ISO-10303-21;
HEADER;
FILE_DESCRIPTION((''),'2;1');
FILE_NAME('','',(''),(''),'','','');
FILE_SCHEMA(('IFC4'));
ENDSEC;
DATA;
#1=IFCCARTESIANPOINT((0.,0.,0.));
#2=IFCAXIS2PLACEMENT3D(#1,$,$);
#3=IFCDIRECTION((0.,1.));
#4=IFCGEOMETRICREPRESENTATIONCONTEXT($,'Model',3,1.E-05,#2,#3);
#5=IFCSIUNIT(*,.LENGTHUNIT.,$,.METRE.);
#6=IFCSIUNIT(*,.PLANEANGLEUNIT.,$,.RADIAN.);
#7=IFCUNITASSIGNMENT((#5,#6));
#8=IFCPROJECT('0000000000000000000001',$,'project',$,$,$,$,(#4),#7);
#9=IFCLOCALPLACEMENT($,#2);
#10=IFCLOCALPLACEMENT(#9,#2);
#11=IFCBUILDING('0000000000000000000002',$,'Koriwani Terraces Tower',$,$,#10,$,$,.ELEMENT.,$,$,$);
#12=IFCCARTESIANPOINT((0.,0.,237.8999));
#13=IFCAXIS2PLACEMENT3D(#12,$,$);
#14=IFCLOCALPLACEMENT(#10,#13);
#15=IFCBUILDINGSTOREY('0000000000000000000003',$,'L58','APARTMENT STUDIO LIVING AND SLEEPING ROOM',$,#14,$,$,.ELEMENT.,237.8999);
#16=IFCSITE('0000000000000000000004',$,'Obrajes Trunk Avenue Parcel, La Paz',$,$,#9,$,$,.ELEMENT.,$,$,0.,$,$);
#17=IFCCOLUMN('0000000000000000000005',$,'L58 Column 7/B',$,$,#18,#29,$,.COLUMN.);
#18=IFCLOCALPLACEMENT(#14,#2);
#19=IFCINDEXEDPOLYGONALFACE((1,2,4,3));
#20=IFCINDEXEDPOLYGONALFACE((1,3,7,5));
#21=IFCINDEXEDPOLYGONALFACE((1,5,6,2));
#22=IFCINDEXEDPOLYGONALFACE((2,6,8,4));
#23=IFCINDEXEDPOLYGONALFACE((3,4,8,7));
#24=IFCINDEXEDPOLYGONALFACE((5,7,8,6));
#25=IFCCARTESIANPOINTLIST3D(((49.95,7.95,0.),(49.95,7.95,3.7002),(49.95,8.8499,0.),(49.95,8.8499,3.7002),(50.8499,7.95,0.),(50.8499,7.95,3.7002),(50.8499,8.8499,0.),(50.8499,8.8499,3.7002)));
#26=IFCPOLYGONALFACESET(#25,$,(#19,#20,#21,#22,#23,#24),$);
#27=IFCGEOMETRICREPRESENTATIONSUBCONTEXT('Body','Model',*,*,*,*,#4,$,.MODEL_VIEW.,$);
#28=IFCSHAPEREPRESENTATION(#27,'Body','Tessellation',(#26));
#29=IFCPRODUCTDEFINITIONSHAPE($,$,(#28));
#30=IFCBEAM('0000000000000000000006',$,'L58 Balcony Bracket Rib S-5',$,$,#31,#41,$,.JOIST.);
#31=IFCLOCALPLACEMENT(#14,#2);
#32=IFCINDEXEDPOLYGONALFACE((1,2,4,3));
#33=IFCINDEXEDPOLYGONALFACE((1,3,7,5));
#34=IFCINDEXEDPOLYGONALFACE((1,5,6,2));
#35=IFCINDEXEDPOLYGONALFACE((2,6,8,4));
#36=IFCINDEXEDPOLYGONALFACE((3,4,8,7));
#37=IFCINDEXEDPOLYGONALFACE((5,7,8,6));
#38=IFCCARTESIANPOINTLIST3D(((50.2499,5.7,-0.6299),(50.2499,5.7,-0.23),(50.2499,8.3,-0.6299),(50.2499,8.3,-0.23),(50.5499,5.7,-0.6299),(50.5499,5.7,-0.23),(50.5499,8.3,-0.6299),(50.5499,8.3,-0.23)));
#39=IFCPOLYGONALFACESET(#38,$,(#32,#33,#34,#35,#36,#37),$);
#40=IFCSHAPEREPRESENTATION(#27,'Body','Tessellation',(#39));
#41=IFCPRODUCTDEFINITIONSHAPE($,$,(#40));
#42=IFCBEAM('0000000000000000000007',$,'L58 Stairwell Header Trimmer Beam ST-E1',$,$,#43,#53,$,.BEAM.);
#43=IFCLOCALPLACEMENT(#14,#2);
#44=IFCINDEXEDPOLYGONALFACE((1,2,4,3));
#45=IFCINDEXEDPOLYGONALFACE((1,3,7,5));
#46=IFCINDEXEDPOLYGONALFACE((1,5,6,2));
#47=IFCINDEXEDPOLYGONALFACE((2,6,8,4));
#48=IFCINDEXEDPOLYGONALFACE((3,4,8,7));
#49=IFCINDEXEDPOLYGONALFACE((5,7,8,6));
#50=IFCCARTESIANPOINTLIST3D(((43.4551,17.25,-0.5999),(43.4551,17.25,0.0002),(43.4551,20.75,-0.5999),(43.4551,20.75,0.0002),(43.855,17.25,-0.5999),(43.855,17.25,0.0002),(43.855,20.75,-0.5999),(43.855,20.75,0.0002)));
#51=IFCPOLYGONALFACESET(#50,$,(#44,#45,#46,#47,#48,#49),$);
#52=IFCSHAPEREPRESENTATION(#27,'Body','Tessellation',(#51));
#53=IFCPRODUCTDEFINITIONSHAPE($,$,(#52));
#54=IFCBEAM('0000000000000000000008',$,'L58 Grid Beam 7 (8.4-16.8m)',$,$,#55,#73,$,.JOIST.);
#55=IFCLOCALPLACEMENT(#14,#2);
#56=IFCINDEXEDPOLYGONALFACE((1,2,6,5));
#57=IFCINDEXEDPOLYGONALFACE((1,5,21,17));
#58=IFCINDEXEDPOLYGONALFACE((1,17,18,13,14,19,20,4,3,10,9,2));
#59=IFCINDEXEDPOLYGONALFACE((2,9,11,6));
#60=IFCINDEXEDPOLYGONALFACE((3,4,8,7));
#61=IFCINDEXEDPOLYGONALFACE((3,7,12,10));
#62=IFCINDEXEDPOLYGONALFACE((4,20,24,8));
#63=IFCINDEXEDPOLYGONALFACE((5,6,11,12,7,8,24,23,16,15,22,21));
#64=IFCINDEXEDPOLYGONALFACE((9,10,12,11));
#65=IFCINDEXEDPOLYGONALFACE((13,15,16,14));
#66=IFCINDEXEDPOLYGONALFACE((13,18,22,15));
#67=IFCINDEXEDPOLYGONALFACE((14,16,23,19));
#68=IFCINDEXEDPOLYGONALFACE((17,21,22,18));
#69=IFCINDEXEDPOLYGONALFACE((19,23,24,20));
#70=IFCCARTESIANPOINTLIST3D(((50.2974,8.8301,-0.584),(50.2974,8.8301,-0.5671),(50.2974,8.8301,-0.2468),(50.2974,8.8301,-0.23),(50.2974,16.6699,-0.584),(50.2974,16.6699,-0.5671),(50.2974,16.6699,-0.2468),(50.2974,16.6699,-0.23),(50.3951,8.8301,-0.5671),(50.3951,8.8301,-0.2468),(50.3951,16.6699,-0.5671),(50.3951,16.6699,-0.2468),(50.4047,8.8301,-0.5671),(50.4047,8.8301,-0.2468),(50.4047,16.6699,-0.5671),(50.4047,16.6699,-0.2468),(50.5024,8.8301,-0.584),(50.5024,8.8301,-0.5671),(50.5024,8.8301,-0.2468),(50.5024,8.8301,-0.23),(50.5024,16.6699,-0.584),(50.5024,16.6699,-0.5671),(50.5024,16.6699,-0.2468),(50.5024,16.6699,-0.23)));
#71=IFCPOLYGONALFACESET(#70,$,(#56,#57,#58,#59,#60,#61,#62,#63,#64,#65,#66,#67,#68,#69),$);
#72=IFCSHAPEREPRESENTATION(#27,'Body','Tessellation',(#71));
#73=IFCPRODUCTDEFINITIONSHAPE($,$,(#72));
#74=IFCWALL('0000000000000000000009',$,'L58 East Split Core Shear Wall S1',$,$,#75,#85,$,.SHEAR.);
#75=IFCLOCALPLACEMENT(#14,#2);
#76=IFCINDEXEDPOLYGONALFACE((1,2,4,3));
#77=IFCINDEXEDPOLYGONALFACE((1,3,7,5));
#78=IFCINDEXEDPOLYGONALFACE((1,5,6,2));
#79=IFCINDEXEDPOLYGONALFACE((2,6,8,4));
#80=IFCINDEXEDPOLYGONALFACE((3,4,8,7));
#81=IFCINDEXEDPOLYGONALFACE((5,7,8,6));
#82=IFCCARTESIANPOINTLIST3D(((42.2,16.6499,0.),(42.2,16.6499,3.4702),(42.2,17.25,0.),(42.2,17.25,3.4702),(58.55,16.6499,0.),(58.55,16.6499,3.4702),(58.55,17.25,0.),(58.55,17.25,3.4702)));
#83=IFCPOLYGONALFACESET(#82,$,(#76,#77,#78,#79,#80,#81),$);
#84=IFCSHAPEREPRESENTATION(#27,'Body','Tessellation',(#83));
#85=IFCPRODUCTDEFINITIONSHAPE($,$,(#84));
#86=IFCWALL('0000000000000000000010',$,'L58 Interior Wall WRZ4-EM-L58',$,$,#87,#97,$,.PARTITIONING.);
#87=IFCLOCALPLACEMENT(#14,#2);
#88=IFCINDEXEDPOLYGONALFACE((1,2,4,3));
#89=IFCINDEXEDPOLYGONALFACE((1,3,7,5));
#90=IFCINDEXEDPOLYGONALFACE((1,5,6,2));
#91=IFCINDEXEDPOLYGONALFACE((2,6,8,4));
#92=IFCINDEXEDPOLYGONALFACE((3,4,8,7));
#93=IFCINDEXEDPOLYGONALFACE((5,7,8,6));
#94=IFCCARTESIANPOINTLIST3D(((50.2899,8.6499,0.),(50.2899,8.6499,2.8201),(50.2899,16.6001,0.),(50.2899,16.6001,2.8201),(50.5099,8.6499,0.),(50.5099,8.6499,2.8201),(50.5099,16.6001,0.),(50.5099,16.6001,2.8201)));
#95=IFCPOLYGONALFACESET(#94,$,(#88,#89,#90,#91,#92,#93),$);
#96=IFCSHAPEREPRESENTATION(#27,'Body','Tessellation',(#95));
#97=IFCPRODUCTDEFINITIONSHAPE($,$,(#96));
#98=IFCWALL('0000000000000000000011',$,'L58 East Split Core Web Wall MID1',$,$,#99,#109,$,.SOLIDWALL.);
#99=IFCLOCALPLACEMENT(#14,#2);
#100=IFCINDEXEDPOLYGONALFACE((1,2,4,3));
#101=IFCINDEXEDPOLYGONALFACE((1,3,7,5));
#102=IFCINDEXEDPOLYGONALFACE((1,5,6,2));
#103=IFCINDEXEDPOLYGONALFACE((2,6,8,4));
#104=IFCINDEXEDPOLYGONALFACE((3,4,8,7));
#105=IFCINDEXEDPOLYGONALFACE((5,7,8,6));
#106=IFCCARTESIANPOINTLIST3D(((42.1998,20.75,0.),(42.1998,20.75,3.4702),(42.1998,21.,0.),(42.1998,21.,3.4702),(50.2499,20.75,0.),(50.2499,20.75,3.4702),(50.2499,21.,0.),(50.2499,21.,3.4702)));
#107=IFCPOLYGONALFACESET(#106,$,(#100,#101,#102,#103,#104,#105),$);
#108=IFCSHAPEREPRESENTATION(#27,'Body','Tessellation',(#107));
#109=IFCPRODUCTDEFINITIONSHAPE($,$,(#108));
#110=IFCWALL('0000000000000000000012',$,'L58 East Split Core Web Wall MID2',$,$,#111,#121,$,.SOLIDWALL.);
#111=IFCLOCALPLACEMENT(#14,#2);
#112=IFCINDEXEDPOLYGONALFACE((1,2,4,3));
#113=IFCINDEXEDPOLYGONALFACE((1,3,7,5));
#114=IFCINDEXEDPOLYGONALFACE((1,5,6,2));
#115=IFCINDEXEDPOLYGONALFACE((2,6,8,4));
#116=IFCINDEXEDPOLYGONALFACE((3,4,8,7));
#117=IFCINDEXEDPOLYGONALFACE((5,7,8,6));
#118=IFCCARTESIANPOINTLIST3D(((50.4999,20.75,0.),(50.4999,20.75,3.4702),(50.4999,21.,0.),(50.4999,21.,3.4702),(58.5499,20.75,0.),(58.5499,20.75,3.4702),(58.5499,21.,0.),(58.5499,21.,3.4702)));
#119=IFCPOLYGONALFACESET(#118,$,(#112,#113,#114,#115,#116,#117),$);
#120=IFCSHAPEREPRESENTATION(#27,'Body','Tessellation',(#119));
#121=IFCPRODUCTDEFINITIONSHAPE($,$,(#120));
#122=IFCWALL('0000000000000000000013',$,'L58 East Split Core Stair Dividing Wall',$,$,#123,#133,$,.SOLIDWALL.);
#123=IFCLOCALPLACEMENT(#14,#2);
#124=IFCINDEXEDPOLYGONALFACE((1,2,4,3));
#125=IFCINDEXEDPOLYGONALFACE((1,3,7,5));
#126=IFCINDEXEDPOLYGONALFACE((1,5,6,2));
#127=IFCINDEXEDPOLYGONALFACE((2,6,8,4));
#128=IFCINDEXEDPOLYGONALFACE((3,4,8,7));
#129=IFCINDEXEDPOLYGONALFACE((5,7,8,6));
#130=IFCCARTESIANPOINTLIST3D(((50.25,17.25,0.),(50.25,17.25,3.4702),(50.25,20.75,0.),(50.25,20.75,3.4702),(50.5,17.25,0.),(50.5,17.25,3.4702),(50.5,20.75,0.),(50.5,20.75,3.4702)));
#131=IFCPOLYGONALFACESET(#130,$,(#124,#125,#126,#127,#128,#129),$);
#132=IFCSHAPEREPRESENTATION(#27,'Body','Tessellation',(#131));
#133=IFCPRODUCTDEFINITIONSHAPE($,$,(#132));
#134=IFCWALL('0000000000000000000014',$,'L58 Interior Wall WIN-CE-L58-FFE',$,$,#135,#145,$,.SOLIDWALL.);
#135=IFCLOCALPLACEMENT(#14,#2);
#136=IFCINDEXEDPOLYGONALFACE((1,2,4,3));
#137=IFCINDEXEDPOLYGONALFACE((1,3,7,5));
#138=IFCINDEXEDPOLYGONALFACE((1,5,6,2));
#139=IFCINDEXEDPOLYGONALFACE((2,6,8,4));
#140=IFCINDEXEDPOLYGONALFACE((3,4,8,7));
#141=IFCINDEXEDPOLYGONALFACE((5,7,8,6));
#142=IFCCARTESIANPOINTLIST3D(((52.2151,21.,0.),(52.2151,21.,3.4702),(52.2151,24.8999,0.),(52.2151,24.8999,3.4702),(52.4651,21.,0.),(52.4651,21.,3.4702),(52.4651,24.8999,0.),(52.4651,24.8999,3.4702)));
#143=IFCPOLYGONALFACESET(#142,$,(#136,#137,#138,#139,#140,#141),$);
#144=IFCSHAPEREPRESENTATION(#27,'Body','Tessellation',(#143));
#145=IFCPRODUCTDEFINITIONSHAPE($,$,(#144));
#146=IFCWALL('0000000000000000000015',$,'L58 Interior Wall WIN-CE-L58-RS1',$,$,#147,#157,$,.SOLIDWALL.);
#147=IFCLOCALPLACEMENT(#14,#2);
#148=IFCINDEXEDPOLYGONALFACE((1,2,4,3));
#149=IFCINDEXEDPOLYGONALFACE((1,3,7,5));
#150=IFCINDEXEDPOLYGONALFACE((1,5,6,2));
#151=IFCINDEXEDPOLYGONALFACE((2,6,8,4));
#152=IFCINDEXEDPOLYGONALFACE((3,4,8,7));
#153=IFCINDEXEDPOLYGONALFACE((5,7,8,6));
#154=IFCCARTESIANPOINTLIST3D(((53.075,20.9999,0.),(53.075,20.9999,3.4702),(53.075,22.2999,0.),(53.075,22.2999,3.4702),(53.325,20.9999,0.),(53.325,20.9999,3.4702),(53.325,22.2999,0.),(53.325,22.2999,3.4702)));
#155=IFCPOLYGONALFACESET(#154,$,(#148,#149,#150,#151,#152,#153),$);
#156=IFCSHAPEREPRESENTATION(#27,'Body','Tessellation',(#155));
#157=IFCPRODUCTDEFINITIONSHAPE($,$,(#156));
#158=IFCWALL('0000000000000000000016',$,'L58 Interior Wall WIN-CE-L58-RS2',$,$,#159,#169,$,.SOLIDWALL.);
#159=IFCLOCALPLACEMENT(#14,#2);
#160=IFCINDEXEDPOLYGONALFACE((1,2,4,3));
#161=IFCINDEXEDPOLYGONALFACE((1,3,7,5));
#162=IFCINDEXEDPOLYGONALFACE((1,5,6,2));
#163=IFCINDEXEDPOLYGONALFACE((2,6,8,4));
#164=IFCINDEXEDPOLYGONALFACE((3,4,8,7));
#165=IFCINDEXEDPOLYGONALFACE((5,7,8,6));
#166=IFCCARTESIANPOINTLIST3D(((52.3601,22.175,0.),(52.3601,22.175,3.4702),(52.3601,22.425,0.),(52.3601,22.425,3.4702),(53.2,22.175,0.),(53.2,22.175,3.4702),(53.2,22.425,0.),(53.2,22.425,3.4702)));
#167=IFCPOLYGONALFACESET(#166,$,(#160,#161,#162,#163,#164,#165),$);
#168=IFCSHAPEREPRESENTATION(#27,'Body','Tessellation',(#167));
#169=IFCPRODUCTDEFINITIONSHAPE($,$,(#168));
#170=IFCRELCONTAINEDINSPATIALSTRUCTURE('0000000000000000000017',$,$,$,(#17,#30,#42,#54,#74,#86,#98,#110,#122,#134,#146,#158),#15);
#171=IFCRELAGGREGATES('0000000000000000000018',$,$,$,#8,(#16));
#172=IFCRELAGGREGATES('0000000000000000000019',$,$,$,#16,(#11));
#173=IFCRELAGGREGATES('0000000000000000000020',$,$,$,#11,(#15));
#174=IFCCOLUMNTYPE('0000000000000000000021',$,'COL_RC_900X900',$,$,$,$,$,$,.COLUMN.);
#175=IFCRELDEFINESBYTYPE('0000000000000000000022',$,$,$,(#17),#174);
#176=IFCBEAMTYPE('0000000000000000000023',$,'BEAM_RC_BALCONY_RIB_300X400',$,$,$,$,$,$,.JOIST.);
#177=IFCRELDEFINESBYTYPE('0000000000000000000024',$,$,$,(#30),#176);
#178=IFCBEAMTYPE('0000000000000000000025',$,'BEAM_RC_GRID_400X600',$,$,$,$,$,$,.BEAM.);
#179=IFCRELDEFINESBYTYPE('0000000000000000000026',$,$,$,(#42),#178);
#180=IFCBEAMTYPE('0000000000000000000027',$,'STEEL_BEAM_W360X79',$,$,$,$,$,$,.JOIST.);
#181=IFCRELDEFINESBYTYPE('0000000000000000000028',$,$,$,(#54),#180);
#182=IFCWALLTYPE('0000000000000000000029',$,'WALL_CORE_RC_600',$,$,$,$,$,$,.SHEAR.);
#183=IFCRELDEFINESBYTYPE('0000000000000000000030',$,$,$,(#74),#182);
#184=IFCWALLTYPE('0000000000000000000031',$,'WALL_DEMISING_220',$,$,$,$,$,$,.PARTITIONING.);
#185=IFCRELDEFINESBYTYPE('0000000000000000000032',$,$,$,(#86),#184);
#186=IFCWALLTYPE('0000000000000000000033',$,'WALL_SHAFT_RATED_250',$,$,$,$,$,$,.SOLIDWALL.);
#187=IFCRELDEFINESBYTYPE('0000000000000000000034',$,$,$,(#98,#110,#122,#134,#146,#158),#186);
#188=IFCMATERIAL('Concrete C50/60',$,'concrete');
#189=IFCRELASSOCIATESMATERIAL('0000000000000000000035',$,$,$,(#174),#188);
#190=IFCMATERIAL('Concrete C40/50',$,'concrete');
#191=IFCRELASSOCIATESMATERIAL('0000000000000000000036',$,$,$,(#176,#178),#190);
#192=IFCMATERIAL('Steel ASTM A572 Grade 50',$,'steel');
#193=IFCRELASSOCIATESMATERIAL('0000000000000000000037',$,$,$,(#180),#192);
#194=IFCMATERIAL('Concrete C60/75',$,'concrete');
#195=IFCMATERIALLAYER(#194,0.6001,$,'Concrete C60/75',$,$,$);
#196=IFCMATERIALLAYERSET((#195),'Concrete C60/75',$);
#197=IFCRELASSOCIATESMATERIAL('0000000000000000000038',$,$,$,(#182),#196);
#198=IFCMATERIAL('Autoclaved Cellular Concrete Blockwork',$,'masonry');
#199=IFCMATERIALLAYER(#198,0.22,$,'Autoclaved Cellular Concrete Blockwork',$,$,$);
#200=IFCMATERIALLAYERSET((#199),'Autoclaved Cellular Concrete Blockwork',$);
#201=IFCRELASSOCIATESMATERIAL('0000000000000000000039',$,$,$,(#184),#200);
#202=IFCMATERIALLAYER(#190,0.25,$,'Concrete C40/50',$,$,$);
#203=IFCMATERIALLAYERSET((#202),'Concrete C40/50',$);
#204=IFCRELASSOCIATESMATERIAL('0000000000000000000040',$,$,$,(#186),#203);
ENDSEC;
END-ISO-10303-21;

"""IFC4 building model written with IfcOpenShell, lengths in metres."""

from ifc_helpers import new_model, si_unit, direction, frame, frame_2d, origin, origin_2d, place, context, subcontext, project, spatial, rectangle, i_section, extrude, material, layer, layer_set, material_profile, profile_set, type_object, element, save


model = new_model("IFC4")

# Units and contexts
model_context = context("Model", 3, precision=1e-05, world=origin(), true_north=direction((0.0, 1.0)))
body_context = subcontext(model_context, "Body", "Model", "MODEL_VIEW")
ifc_project = project(units=[si_unit("LENGTHUNIT", "METRE"), si_unit("PLANEANGLEUNIT", "RADIAN")], contexts=[model_context])

# Site, building, storey
site_placement = place(None, origin())
site = spatial("IfcSite", under=ifc_project, at=site_placement, Name="Obrajes Trunk Avenue Parcel, La Paz", CompositionType="ELEMENT", RefElevation=0.0)
building_placement = place(site_placement, origin())
building = spatial("IfcBuilding", under=site, at=building_placement, Name="Koriwani Terraces Tower", CompositionType="ELEMENT")
storey_placement = place(building_placement, frame((0.0, 0.0, 237.8999)))
storey = spatial("IfcBuildingStorey", under=building, at=storey_placement, Name="L58", Description="APARTMENT STUDIO LIVING AND SLEEPING ROOM", CompositionType="ELEMENT", Elevation=237.8999)

# Column
ifc_material_1 = material(Name="Concrete C50/60", Category="concrete")
ifc_material_profile_1 = material_profile(ifc_material_1, rectangle(XDim=0.8999, YDim=0.8999, at=origin_2d()), Name="Concrete C50/60", Category="LoadBearing")
ifc_profile_set_1 = profile_set([ifc_material_profile_1], Name="Concrete C50/60")
column_type = type_object("IfcColumnType", Name="COL_RC_900X900", PredefinedType="COLUMN", material=ifc_profile_set_1)
column_placement = place(storey_placement, frame((50.3999, 8.3999, 0.0), z_axis=(0.0, 0.0, 1.0), x_axis=(1.0, 0.0, 0.0)))
element("IfcColumn", 1, at=column_placement, inside=storey, type_object=column_type, Name="L58 Column 7/B", PredefinedType="COLUMN", context=body_context, shape_type="SweptSolid", body=[
    extrude(rectangle(XDim=0.8999, YDim=0.8999, at=origin_2d()), origin(), (0.0, 0.0, 1.0), 3.7002),
])

# Beams
ifc_material_2 = material(Name="Concrete C40/50", Category="concrete")
ifc_material_profile_2 = material_profile(ifc_material_2, rectangle(XDim=0.3, YDim=0.3999, at=origin_2d()), Name="Concrete C40/50", Category="LoadBearing")
ifc_profile_set_2 = profile_set([ifc_material_profile_2], Name="Concrete C40/50")
beam_type_1 = type_object("IfcBeamType", Name="BEAM_RC_BALCONY_RIB_300X400", PredefinedType="JOIST", material=ifc_profile_set_2)
beam_1_placement = place(storey_placement, frame((50.3999, 5.7, -0.4299), z_axis=(0.0, 1.0, 0.0), x_axis=(-1.0, 0.0, 0.0)))
element("IfcBeam", 2, at=beam_1_placement, inside=storey, type_object=beam_type_1, Name="L58 Balcony Bracket Rib S-5", PredefinedType="JOIST", context=body_context, shape_type="SweptSolid", body=[
    extrude(rectangle(XDim=0.3, YDim=0.3999, at=origin_2d()), origin(), (0.0, 0.0, 1.0), 2.6001),
])
ifc_material_profile_3 = material_profile(ifc_material_2, rectangle(XDim=0.3999, YDim=0.6001, at=origin_2d()), Name="Concrete C40/50", Category="LoadBearing")
ifc_profile_set_3 = profile_set([ifc_material_profile_3], Name="Concrete C40/50")
beam_type_2 = type_object("IfcBeamType", Name="BEAM_RC_GRID_400X600", PredefinedType="BEAM", material=ifc_profile_set_3)
beam_2_placement = place(storey_placement, frame((43.655, 17.25, -0.2998), z_axis=(0.0, 1.0, 0.0), x_axis=(-1.0, 0.0, 0.0)))
element("IfcBeam", 3, at=beam_2_placement, inside=storey, type_object=beam_type_2, Name="L58 Stairwell Header Trimmer Beam ST-E1", PredefinedType="BEAM", context=body_context, shape_type="SweptSolid", body=[
    extrude(rectangle(XDim=0.3999, YDim=0.6001, at=origin_2d()), origin(), (0.0, 0.0, 1.0), 3.5),
])
ifc_material_3 = material(Name="Steel ASTM A572 Grade 50", Category="steel")
ifc_material_profile_4 = material_profile(ifc_material_3, i_section(OverallWidth=0.2051, OverallDepth=0.354, WebThickness=0.0095, FlangeThickness=0.0168, at=origin_2d()), Name="Steel ASTM A572 Grade 50", Category="LoadBearing")
ifc_profile_set_4 = profile_set([ifc_material_profile_4], Name="Steel ASTM A572 Grade 50")
beam_type_3 = type_object("IfcBeamType", Name="STEEL_BEAM_W360X79", PredefinedType="JOIST", material=ifc_profile_set_4)
beam_3_placement = place(storey_placement, frame((50.3999, 8.8301, -0.407), z_axis=(0.0, 1.0, 0.0), x_axis=(-1.0, 0.0, 0.0)))
element("IfcBeam", 4, at=beam_3_placement, inside=storey, type_object=beam_type_3, Name="L58 Grid Beam 7 (8.4-16.8m)", PredefinedType="JOIST", context=body_context, shape_type="SweptSolid", body=[
    extrude(i_section(OverallWidth=0.2051, OverallDepth=0.354, WebThickness=0.0095, FlangeThickness=0.0168, at=origin_2d()), origin(), (0.0, 0.0, 1.0), 7.8398),
])

# Walls
ifc_material_4 = material(Name="Concrete C60/75", Category="concrete")
ifc_layer_1 = layer(ifc_material_4, 0.6001, Name="Concrete C60/75")
ifc_layer_set_1 = layer_set([ifc_layer_1], Name="Concrete C60/75")
wall_type_1 = type_object("IfcWallType", Name="WALL_CORE_RC_600", PredefinedType="SHEAR", material=ifc_layer_set_1)
wall_1_placement = place(storey_placement, frame((42.2, 16.95, 0.0), z_axis=(0.0, 0.0, 1.0), x_axis=(1.0, 0.0, 0.0)))
element("IfcWall", 5, at=wall_1_placement, inside=storey, type_object=wall_type_1, Name="L58 East Split Core Shear Wall S1", PredefinedType="SHEAR", context=body_context, shape_type="SweptSolid", body=[
    extrude(rectangle(XDim=16.3501, YDim=0.6001, at=frame_2d((8.175, 0.0))), origin(), (0.0, 0.0, 1.0), 3.4702),
])
ifc_material_5 = material(Name="Autoclaved Cellular Concrete Blockwork", Category="masonry")
ifc_layer_2 = layer(ifc_material_5, 0.22, Name="Autoclaved Cellular Concrete Blockwork")
ifc_layer_set_2 = layer_set([ifc_layer_2], Name="Autoclaved Cellular Concrete Blockwork")
wall_type_2 = type_object("IfcWallType", Name="WALL_DEMISING_220", PredefinedType="PARTITIONING", material=ifc_layer_set_2)
wall_2_placement = place(storey_placement, frame((50.3999, 8.6499, 0.0), z_axis=(0.0, 0.0, 1.0), x_axis=(0.0, 1.0, 0.0)))
element("IfcWall", 6, at=wall_2_placement, inside=storey, type_object=wall_type_2, Name="L58 Interior Wall WRZ4-EM-L58", PredefinedType="PARTITIONING", context=body_context, shape_type="SweptSolid", body=[
    extrude(rectangle(XDim=7.9502, YDim=0.22, at=frame_2d((3.9751, 0.0))), origin(), (0.0, 0.0, 1.0), 2.8201),
])
ifc_layer_3 = layer(ifc_material_2, 0.25, Name="Concrete C40/50")
ifc_layer_set_3 = layer_set([ifc_layer_3], Name="Concrete C40/50")
wall_type_3 = type_object("IfcWallType", Name="WALL_SHAFT_RATED_250", PredefinedType="SOLIDWALL", material=ifc_layer_set_3)
for number, where, z_axis, x_axis, name in (
    (7, (42.2, 20.875, 0.0), (0.0, 0.0, 1.0), (1.0, 0.0, 0.0), "L58 East Split Core Web Wall MID1"),
    (8, (50.5, 20.875, 0.0), (0.0, 0.0, 1.0), (1.0, 0.0, 0.0), "L58 East Split Core Web Wall MID2"),
):
    element("IfcWall", number, at=place(storey_placement, frame(where, z_axis=z_axis, x_axis=x_axis)), inside=storey, type_object=wall_type_3, Name=name, PredefinedType="SOLIDWALL", context=body_context, shape_type="SweptSolid", body=[
        extrude(rectangle(XDim=8.05, YDim=0.25, at=frame_2d((4.0249, 0.0))), origin(), (0.0, 0.0, 1.0), 3.4702),
    ])
wall_3_placement = place(storey_placement, frame((50.375, 17.25, 0.0), z_axis=(0.0, 0.0, 1.0), x_axis=(0.0, 1.0, 0.0)))
element("IfcWall", 9, at=wall_3_placement, inside=storey, type_object=wall_type_3, Name="L58 East Split Core Stair Dividing Wall", PredefinedType="SOLIDWALL", context=body_context, shape_type="SweptSolid", body=[
    extrude(rectangle(XDim=3.5, YDim=0.25, at=frame_2d((1.75, 0.0))), origin(), (0.0, 0.0, 1.0), 3.4702),
])

# Walls
wall_4_placement = place(storey_placement, frame((52.3401, 21.0, 0.0), z_axis=(0.0, 0.0, 1.0), x_axis=(0.0, 1.0, 0.0)))
element("IfcWall", 10, at=wall_4_placement, inside=storey, type_object=wall_type_3, Name="L58 Interior Wall WIN-CE-L58-FFE", PredefinedType="SOLIDWALL", context=body_context, shape_type="SweptSolid", body=[
    extrude(rectangle(XDim=3.8999, YDim=0.25, at=frame_2d((1.95, 0.0))), origin(), (0.0, 0.0, 1.0), 3.4702),
])
wall_5_placement = place(storey_placement, frame((53.2, 21.0, 0.0), z_axis=(0.0, 0.0, 1.0), x_axis=(0.0, 1.0, 0.0)))
element("IfcWall", 11, at=wall_5_placement, inside=storey, type_object=wall_type_3, Name="L58 Interior Wall WIN-CE-L58-RS1", PredefinedType="SOLIDWALL", context=body_context, shape_type="SweptSolid", body=[
    extrude(rectangle(XDim=1.3, YDim=0.25, at=frame_2d((0.6499, 0.0))), origin(), (0.0, 0.0, 1.0), 3.4702),
])
wall_6_placement = place(storey_placement, frame((52.3601, 22.3, 0.0), z_axis=(0.0, 0.0, 1.0), x_axis=(1.0, 0.0, 0.0)))
element("IfcWall", 12, at=wall_6_placement, inside=storey, type_object=wall_type_3, Name="L58 Interior Wall WIN-CE-L58-RS2", PredefinedType="SOLIDWALL", context=body_context, shape_type="SweptSolid", body=[
    extrude(rectangle(XDim=0.8398, YDim=0.25, at=frame_2d((0.4199, 0.0))), origin(), (0.0, 0.0, 1.0), 3.4702),
])

save(model, "model.ifc")
